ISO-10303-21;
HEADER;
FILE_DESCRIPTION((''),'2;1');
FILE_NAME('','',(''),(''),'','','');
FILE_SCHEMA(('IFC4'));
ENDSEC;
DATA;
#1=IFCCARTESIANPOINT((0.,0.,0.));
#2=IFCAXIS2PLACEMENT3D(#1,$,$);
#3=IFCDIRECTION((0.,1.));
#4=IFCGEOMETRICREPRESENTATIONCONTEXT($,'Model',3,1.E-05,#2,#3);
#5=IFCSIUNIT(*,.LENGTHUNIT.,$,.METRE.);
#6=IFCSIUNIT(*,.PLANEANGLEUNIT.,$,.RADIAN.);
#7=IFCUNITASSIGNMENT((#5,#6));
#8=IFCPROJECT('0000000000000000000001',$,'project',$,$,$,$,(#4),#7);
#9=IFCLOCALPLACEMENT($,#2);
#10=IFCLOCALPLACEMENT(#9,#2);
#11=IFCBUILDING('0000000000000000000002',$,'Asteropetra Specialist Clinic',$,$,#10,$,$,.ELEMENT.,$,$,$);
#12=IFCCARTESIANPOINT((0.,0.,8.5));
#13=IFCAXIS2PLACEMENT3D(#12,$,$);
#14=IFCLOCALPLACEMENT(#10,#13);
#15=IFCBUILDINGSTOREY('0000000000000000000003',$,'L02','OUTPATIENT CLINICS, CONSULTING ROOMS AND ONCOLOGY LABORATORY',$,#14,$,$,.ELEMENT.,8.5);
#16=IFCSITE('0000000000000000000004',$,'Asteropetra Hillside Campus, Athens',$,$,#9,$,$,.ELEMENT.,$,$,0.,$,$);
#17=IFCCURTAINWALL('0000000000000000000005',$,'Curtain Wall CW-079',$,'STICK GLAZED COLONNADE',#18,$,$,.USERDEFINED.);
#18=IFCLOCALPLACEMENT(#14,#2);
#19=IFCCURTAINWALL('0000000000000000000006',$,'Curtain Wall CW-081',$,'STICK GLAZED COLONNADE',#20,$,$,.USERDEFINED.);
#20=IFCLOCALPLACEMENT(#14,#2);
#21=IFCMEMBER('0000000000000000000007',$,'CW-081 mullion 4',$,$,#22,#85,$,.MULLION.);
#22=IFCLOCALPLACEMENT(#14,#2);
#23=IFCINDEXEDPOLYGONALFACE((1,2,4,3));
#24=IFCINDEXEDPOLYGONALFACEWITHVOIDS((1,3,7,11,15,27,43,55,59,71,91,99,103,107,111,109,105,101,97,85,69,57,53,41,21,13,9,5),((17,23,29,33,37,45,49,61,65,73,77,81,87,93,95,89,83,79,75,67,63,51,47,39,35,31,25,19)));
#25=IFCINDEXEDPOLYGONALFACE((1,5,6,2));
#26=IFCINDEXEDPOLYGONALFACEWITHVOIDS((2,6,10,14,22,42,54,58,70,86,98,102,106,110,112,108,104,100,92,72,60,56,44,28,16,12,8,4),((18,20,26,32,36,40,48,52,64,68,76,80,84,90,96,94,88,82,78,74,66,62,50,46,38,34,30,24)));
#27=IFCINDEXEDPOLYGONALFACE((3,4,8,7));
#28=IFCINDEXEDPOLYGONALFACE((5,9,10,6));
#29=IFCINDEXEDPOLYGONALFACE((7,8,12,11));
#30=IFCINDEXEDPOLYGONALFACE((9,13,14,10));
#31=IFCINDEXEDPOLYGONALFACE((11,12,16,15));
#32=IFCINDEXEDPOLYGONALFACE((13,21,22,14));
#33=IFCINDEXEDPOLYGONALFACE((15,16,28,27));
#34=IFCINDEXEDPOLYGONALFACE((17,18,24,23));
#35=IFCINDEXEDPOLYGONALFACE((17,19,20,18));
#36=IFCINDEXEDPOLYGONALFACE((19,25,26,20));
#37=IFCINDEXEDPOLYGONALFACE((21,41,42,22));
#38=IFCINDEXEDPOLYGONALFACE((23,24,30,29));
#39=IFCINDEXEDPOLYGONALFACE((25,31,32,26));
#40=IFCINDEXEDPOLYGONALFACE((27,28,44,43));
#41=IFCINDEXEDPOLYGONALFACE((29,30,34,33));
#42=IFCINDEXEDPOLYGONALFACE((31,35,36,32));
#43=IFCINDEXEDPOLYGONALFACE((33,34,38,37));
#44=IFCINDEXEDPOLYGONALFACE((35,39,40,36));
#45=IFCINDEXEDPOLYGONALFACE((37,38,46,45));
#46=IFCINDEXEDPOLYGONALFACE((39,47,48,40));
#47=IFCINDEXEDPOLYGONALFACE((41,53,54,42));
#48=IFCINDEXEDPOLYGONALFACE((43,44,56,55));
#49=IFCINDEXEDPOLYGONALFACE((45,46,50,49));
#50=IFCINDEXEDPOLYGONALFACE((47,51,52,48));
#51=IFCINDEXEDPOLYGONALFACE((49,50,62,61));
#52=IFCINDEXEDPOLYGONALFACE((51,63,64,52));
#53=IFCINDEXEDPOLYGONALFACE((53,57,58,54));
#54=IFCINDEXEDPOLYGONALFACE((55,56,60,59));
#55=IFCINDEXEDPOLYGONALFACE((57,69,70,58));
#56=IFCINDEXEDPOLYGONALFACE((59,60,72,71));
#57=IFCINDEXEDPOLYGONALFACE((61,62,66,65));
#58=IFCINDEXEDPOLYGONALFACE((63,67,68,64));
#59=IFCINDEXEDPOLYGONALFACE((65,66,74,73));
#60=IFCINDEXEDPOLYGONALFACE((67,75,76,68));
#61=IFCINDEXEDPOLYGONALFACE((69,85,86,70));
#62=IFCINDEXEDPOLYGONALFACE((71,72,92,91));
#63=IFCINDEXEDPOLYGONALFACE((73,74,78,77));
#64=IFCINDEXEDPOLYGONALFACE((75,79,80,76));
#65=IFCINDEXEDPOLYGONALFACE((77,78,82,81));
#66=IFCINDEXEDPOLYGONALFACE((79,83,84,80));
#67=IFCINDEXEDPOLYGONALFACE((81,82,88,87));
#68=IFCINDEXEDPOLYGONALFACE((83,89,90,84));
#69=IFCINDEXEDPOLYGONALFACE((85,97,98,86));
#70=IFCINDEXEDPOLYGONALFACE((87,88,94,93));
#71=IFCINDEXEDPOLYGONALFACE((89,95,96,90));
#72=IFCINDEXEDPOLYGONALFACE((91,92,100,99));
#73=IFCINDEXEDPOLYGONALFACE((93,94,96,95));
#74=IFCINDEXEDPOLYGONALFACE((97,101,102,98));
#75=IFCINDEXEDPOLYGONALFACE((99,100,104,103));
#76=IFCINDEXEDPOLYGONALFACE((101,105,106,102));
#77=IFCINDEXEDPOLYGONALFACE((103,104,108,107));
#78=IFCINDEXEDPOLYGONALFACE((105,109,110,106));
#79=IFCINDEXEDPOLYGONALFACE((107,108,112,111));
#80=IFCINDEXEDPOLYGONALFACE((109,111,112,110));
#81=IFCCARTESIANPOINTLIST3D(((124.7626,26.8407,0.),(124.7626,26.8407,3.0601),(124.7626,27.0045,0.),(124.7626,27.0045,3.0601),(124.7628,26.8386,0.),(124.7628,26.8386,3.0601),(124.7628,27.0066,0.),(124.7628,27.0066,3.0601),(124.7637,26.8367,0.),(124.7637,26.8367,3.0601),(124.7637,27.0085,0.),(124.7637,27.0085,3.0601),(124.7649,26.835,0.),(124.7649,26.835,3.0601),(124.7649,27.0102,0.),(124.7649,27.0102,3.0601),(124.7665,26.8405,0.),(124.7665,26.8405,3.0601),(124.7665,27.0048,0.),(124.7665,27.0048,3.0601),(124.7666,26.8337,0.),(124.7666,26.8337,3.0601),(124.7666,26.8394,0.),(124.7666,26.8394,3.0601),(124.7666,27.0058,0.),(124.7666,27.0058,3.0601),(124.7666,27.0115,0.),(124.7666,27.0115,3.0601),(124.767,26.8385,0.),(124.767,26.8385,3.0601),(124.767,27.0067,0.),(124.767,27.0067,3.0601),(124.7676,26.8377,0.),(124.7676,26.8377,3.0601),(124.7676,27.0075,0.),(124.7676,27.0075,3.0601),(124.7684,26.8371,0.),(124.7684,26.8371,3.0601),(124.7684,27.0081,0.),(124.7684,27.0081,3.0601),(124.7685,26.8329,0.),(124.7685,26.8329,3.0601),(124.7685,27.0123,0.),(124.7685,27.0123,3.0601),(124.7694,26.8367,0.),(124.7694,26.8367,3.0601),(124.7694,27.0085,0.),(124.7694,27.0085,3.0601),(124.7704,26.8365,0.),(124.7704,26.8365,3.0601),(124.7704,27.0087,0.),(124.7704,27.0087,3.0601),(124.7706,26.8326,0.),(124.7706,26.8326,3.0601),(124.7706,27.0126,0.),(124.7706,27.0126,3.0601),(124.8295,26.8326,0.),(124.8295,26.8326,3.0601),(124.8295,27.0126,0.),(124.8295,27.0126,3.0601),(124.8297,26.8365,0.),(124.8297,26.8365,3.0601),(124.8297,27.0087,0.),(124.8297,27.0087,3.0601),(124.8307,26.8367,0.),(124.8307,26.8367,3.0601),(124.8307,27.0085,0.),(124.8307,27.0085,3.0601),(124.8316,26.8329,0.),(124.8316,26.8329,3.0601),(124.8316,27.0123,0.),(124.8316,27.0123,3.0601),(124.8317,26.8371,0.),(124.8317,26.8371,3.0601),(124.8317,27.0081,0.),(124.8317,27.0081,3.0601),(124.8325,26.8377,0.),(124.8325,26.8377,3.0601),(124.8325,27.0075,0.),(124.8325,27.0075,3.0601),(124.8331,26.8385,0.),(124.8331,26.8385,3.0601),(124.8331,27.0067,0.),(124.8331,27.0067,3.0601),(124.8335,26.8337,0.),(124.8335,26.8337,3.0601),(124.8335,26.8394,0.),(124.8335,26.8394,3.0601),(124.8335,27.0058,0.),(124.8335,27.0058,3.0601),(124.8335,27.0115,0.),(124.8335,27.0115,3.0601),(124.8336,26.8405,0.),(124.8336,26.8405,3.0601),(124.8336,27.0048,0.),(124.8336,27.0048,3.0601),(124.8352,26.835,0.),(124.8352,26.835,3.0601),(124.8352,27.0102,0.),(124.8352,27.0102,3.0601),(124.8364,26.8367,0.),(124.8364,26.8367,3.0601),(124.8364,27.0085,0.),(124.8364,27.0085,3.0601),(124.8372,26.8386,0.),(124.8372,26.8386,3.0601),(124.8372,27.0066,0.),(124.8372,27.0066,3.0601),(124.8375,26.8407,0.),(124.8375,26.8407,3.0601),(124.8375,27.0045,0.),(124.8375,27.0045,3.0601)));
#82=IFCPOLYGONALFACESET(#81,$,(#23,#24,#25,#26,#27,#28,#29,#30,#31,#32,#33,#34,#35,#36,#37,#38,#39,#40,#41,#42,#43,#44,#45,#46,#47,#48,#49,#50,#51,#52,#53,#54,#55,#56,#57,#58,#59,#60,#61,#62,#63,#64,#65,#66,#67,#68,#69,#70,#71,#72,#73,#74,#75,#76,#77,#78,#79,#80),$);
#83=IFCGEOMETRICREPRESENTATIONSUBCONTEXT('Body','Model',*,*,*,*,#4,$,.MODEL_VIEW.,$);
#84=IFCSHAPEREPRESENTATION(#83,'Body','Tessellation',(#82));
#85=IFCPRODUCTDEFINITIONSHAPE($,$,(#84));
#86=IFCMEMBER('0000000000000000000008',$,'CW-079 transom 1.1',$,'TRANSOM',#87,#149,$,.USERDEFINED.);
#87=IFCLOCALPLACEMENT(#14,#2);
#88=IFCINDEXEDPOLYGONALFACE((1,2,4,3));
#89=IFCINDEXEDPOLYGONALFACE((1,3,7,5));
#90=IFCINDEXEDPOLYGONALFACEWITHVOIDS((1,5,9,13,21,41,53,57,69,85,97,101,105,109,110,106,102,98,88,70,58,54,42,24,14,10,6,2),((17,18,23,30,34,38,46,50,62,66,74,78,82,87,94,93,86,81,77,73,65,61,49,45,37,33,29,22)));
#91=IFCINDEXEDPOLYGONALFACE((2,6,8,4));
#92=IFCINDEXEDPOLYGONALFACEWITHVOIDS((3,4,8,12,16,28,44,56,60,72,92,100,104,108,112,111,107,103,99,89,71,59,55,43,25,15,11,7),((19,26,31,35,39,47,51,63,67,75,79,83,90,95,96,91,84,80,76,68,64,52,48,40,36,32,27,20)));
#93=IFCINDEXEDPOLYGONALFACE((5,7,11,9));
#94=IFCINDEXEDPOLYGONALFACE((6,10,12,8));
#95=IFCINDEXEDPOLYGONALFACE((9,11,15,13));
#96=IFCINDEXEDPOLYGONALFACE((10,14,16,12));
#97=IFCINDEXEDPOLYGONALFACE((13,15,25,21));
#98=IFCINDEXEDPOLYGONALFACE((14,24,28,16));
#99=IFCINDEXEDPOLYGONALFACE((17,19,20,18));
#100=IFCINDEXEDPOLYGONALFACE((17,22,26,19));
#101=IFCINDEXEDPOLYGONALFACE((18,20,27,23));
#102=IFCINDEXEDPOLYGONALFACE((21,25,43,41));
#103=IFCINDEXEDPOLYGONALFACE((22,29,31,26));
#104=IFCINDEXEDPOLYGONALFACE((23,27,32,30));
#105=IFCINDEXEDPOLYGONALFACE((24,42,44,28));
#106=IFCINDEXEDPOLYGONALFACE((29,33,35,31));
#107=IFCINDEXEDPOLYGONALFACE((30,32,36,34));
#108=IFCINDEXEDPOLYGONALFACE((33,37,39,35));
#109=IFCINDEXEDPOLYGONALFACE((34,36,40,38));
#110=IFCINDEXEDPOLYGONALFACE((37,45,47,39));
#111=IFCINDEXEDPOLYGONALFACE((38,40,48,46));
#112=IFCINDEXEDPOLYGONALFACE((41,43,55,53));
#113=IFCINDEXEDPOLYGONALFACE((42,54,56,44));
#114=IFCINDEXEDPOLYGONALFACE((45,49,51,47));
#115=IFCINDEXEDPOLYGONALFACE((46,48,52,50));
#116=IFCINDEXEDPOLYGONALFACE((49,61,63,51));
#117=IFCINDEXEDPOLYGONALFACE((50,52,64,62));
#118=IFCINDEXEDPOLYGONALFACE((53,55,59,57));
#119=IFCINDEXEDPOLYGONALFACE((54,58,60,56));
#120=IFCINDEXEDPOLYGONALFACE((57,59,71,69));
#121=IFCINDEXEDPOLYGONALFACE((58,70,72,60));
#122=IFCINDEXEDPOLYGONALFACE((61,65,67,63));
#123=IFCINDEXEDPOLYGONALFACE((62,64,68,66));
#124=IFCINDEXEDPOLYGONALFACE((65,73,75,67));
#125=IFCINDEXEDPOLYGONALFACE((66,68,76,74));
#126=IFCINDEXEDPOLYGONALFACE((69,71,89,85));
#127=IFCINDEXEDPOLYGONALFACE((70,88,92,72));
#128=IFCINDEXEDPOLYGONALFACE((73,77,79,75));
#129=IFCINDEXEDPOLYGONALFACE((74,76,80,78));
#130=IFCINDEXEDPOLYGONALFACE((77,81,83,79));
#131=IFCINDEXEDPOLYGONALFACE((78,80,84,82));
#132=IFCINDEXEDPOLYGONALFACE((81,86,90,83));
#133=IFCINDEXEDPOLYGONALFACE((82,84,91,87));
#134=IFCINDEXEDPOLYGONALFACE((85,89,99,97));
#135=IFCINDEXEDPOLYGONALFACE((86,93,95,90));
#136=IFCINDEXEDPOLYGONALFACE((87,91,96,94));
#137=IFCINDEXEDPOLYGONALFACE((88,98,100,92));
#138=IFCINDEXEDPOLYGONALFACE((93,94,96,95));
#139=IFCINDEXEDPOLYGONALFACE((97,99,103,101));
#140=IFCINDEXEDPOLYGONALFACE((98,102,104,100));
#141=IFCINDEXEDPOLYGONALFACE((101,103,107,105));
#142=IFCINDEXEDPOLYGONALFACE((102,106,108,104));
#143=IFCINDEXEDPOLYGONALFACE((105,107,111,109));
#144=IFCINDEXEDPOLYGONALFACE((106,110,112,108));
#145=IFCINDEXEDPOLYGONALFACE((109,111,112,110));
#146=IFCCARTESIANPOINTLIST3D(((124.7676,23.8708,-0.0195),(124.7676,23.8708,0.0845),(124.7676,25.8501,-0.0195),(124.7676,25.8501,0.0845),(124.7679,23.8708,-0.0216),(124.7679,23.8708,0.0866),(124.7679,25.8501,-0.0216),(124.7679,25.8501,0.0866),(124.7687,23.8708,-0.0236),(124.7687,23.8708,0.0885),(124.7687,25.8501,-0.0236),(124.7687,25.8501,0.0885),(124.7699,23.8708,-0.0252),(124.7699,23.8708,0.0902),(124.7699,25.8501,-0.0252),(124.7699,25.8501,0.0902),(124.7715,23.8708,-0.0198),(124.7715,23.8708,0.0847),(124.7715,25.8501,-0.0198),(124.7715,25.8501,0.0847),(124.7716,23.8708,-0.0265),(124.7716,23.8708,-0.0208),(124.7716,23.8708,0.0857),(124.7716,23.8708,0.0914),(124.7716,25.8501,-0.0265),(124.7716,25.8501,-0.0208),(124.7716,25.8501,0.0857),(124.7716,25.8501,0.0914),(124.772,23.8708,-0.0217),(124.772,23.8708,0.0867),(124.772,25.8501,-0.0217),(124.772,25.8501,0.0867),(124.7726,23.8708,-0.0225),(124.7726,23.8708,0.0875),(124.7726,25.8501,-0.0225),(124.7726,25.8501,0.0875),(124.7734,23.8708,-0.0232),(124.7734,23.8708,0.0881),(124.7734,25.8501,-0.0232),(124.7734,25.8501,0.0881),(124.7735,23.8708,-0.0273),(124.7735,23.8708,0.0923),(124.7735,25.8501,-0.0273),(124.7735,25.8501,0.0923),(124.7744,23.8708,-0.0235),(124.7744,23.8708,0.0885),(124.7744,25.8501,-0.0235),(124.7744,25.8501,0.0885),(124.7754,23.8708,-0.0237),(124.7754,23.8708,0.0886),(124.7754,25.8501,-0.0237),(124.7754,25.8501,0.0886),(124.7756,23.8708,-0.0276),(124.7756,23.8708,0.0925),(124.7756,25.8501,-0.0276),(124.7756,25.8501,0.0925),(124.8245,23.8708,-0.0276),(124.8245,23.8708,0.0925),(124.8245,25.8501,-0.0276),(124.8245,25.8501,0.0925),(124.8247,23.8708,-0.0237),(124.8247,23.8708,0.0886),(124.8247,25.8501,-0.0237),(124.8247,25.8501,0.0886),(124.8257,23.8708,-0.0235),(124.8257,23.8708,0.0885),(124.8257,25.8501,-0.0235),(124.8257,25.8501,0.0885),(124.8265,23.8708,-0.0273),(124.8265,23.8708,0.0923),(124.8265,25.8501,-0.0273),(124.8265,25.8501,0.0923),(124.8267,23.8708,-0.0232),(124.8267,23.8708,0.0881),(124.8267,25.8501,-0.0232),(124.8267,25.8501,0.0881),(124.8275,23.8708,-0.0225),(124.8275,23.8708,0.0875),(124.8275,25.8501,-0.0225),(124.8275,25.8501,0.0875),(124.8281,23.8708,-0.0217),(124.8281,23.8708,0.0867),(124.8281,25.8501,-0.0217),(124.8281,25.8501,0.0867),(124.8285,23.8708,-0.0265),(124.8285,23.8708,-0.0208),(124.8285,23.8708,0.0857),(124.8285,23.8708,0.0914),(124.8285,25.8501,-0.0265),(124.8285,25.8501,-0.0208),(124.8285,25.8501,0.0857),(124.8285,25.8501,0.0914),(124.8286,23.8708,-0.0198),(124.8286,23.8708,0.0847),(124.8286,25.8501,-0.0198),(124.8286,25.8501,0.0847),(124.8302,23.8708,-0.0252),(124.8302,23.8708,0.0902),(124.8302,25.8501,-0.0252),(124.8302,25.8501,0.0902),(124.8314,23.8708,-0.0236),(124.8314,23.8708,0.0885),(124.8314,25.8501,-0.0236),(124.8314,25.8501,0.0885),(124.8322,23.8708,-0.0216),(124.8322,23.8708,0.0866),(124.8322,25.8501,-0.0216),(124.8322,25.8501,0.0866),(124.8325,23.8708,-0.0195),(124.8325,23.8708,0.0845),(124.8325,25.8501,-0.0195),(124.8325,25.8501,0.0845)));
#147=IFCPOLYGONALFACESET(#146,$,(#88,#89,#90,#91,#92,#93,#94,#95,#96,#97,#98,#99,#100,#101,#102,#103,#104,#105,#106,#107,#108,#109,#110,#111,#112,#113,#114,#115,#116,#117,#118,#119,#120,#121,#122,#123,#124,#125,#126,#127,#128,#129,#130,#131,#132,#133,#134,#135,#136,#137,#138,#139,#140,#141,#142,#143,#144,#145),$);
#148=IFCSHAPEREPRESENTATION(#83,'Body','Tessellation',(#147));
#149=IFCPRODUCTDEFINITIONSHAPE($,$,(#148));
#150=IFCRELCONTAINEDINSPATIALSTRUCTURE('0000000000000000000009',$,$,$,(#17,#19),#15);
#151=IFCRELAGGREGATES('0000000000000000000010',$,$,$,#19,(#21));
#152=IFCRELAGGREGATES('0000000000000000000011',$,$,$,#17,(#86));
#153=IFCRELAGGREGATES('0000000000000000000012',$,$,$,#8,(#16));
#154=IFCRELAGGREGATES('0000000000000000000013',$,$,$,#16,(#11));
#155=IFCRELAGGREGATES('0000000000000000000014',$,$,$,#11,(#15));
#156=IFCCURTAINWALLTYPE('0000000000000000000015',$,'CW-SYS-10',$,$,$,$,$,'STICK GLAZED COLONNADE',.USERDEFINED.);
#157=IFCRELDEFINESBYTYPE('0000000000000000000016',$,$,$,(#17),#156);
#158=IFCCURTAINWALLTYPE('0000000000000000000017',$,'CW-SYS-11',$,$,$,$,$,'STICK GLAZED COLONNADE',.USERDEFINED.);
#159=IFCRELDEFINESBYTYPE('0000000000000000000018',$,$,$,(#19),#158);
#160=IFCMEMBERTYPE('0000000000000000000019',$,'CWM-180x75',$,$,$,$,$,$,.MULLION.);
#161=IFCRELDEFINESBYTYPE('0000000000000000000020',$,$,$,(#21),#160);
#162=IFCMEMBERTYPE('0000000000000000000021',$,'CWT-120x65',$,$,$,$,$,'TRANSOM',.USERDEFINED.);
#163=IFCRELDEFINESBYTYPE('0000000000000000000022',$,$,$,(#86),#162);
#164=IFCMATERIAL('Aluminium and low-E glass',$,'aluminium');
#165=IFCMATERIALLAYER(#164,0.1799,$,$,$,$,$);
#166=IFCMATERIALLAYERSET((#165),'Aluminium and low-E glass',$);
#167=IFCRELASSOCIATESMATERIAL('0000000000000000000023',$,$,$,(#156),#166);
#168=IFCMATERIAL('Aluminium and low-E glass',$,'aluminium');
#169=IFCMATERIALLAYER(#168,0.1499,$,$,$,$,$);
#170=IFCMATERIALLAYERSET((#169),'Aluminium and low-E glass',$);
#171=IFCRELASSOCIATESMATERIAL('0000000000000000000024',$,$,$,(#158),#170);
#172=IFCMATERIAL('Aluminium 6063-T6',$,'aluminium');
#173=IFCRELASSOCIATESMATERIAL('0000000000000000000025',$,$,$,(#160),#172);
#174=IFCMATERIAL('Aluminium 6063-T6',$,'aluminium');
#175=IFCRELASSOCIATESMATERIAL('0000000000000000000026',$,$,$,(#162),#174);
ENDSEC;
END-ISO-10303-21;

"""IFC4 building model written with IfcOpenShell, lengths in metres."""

from ifc_helpers import new_model, si_unit, direction, frame, origin, origin_2d, place, context, subcontext, project, spatial, hollow_rectangle, extrude, material, layer, layer_set, material_profile, profile_set, type_object, element, aggregate, save


model = new_model("IFC4")

# Units and contexts
model_context = context("Model", 3, precision=1e-05, world=origin(), true_north=direction((0.0, 1.0)))
body_context = subcontext(model_context, "Body", "Model", "MODEL_VIEW")
ifc_project = project(units=[si_unit("LENGTHUNIT", "METRE"), si_unit("PLANEANGLEUNIT", "RADIAN")], contexts=[model_context])

# Site, building, storey
site_placement = place(None, origin())
site = spatial("IfcSite", under=ifc_project, at=site_placement, Name="Asteropetra Hillside Campus, Athens", CompositionType="ELEMENT", RefElevation=0.0)
building_placement = place(site_placement, origin())
building = spatial("IfcBuilding", under=site, at=building_placement, Name="Asteropetra Specialist Clinic", CompositionType="ELEMENT")
storey_placement = place(building_placement, frame((0.0, 0.0, 8.5)))
storey = spatial("IfcBuildingStorey", under=building, at=storey_placement, Name="L02", Description="OUTPATIENT CLINICS, CONSULTING ROOMS AND ONCOLOGY LABORATORY", CompositionType="ELEMENT", Elevation=8.5)

# Curtain wall
ifc_material_1 = material(Name="Aluminium and low-E glass", Category="aluminium")
ifc_layer_1 = layer(ifc_material_1, 0.1799)
ifc_layer_set_1 = layer_set([ifc_layer_1], Name="Aluminium and low-E glass")
curtain_wall_type_1 = type_object("IfcCurtainWallType", Name="CW-SYS-10", ElementType="STICK GLAZED COLONNADE", PredefinedType="USERDEFINED", material=ifc_layer_set_1)
curtain_wall_1_placement = place(storey_placement, origin())
curtain_wall_1 = element("IfcCurtainWall", 1, at=curtain_wall_1_placement, inside=storey, type_object=curtain_wall_type_1, Name="Curtain Wall CW-079", ObjectType="STICK GLAZED COLONNADE", PredefinedType="USERDEFINED")

# Curtain wall, member
ifc_material_2 = material(Name="Aluminium and low-E glass", Category="aluminium")
ifc_layer_2 = layer(ifc_material_2, 0.1499)
ifc_layer_set_2 = layer_set([ifc_layer_2], Name="Aluminium and low-E glass")
curtain_wall_type_2 = type_object("IfcCurtainWallType", Name="CW-SYS-11", ElementType="STICK GLAZED COLONNADE", PredefinedType="USERDEFINED", material=ifc_layer_set_2)
curtain_wall_2_placement = place(storey_placement, origin())
curtain_wall_2 = element("IfcCurtainWall", 2, at=curtain_wall_2_placement, inside=storey, type_object=curtain_wall_type_2, Name="Curtain Wall CW-081", ObjectType="STICK GLAZED COLONNADE", PredefinedType="USERDEFINED")
ifc_material_3 = material(Name="Aluminium 6063-T6", Category="aluminium")
ifc_material_profile_1 = material_profile(ifc_material_3, hollow_rectangle(XDim=0.075, YDim=0.1799, WallThickness=0.0039, InnerFilletRadius=0.0039, OuterFilletRadius=0.0081, at=origin_2d()), Name="MUL 180x75x4.0")
ifc_profile_set_1 = profile_set([ifc_material_profile_1], Name="Aluminium 6063-T6")
member_type_1 = type_object("IfcMemberType", Name="CWM-180x75", PredefinedType="MULLION", material=ifc_profile_set_1)
member_1_placement = place(storey_placement, frame((124.8, 26.9226, 0.0), z_axis=(0.0, 0.0, 1.0), x_axis=(1.0, 0.0, 0.0)))
member_1 = element("IfcMember", 3, at=member_1_placement, type_object=member_type_1, Name="CW-081 mullion 4", PredefinedType="MULLION", context=body_context, shape_type="SweptSolid", body=[
    extrude(hollow_rectangle(XDim=0.075, YDim=0.1799, WallThickness=0.0039, InnerFilletRadius=0.0039, OuterFilletRadius=0.0081, at=origin_2d()), origin(), (0.0, 0.0, 1.0), 3.0601),
])

# Member
ifc_material_4 = material(Name="Aluminium 6063-T6", Category="aluminium")
ifc_material_profile_2 = material_profile(ifc_material_4, hollow_rectangle(XDim=0.0649, YDim=0.1201, WallThickness=0.0039, InnerFilletRadius=0.0039, OuterFilletRadius=0.0081, at=origin_2d()), Name="TRN 120x65x4.0")
ifc_profile_set_2 = profile_set([ifc_material_profile_2], Name="Aluminium 6063-T6")
member_type_2 = type_object("IfcMemberType", Name="CWT-120x65", ElementType="TRANSOM", PredefinedType="USERDEFINED", material=ifc_profile_set_2)
member_2_placement = place(storey_placement, frame((124.8, 25.8501, 0.0325), z_axis=(0.0, -1.0, 0.0), x_axis=(1.0, 0.0, 0.0)))
member_2 = element("IfcMember", 4, at=member_2_placement, type_object=member_type_2, Name="CW-079 transom 1.1", ObjectType="TRANSOM", PredefinedType="USERDEFINED", context=body_context, shape_type="SweptSolid", body=[
    extrude(hollow_rectangle(XDim=0.0649, YDim=0.1201, WallThickness=0.0039, InnerFilletRadius=0.0039, OuterFilletRadius=0.0081, at=origin_2d()), origin(), (0.0, 0.0, 1.0), 1.9792),
])

aggregate(curtain_wall_2, [member_1])
aggregate(curtain_wall_1, [member_2])

save(model, "model.ifc")
